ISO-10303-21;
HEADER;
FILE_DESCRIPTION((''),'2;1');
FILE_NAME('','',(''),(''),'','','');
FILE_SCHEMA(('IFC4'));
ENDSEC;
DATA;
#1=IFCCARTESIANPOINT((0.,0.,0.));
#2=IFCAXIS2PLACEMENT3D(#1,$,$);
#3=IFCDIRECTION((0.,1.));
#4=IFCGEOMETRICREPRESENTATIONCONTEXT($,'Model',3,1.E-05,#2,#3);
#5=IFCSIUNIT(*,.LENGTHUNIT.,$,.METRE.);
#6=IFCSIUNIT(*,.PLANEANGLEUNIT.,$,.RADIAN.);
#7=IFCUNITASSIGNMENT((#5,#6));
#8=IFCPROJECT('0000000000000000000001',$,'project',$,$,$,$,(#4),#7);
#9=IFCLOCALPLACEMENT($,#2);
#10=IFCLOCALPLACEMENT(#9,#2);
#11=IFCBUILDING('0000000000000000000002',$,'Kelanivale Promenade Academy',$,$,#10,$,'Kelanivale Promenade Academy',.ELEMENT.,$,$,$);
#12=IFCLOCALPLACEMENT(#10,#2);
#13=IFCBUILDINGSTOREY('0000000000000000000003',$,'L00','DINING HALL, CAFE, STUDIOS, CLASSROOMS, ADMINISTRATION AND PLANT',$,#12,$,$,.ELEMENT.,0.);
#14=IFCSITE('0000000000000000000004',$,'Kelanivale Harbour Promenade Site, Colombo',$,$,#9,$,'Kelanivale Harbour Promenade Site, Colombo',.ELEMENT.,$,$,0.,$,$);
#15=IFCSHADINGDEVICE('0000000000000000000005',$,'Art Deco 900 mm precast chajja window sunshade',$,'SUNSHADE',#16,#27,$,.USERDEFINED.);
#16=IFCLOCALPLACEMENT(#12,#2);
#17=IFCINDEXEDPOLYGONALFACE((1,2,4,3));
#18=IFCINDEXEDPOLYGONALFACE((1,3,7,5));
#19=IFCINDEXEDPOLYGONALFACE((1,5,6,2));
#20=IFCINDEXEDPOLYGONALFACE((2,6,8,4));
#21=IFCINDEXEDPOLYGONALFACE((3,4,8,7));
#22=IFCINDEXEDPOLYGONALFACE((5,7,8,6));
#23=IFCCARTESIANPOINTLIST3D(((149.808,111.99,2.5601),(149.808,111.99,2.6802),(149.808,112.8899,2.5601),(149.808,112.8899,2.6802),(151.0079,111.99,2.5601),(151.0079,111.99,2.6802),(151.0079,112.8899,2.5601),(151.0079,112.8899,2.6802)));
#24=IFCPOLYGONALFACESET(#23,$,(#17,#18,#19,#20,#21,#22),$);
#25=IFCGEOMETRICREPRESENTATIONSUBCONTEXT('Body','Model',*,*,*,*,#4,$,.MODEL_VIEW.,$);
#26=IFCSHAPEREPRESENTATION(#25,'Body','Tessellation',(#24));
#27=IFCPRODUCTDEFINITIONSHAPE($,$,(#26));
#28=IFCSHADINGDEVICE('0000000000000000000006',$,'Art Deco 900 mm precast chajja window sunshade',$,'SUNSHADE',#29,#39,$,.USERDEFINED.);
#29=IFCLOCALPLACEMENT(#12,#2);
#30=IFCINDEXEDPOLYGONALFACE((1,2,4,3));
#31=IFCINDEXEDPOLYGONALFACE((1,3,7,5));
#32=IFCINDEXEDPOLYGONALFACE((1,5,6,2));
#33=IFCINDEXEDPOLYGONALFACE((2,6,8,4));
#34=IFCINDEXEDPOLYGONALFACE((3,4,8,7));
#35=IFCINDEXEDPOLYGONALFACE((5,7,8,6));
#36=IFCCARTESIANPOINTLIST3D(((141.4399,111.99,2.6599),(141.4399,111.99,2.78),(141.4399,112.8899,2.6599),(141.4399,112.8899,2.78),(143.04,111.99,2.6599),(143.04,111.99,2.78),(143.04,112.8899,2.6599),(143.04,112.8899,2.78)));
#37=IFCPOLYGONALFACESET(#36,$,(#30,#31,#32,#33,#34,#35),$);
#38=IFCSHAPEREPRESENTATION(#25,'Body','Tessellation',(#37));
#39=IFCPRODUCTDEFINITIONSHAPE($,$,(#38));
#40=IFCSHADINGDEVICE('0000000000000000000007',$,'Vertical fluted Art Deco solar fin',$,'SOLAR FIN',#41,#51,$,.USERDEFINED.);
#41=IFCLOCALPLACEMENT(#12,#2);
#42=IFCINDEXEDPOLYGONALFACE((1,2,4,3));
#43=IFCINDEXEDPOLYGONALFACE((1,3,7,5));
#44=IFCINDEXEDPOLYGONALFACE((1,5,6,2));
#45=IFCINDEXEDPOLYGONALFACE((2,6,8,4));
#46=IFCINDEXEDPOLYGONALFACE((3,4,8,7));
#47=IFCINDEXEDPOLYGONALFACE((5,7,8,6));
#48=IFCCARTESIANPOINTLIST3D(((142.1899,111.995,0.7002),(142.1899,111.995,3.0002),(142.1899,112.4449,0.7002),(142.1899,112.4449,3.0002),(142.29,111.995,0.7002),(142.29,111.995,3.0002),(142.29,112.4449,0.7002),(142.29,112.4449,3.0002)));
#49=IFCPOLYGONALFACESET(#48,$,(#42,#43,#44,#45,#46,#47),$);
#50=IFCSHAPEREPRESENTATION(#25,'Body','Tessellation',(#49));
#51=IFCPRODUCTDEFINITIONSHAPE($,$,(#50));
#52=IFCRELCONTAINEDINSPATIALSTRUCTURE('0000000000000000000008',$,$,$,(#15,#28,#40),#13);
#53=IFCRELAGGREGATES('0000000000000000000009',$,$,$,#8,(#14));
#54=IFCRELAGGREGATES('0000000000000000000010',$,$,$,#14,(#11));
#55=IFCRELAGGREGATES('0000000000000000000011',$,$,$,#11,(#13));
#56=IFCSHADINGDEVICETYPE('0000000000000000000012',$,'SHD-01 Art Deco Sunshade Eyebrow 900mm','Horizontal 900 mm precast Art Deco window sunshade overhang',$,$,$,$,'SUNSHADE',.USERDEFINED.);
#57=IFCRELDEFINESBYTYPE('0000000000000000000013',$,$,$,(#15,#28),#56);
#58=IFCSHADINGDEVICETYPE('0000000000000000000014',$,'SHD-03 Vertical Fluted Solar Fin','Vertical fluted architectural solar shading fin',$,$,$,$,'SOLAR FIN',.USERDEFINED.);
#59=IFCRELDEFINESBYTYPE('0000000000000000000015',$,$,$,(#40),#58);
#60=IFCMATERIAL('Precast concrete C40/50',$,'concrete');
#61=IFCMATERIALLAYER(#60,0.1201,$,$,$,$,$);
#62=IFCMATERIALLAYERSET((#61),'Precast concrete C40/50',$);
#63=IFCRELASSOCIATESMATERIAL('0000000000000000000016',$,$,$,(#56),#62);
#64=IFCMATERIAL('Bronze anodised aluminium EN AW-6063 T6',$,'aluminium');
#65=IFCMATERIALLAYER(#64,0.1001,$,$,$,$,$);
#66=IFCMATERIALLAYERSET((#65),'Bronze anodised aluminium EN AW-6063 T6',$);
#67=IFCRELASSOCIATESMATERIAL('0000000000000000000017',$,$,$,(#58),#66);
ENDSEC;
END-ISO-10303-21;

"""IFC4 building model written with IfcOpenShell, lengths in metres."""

from ifc_helpers import new_model, si_unit, direction, frame, origin, origin_2d, place, context, subcontext, project, spatial, rectangle, extrude, material, layer, layer_set, type_object, element, save


model = new_model("IFC4")

# Units and contexts
model_context = context("Model", 3, precision=1e-05, world=origin(), true_north=direction((0.0, 1.0)))
body_context = subcontext(model_context, "Body", "Model", "MODEL_VIEW")
ifc_project = project(units=[si_unit("LENGTHUNIT", "METRE"), si_unit("PLANEANGLEUNIT", "RADIAN")], contexts=[model_context])

# Site, building, storey
site_placement = place(None, origin())
site = spatial("IfcSite", under=ifc_project, at=site_placement, Name="Kelanivale Harbour Promenade Site, Colombo", LongName="Kelanivale Harbour Promenade Site, Colombo", CompositionType="ELEMENT", RefElevation=0.0)
building_placement = place(site_placement, origin())
building = spatial("IfcBuilding", under=site, at=building_placement, Name="Kelanivale Promenade Academy", LongName="Kelanivale Promenade Academy", CompositionType="ELEMENT")
storey_placement = place(building_placement, origin())
storey = spatial("IfcBuildingStorey", under=building, at=storey_placement, Name="L00", Description="DINING HALL, CAFE, STUDIOS, CLASSROOMS, ADMINISTRATION AND PLANT", CompositionType="ELEMENT", Elevation=0.0)

# Shading devices
ifc_material_1 = material(Name="Precast concrete C40/50", Category="concrete")
ifc_layer_1 = layer(ifc_material_1, 0.1201)
ifc_layer_set_1 = layer_set([ifc_layer_1], Name="Precast concrete C40/50")
shading_device_type_1 = type_object("IfcShadingDeviceType", Name="SHD-01 Art Deco Sunshade Eyebrow 900mm", Description="Horizontal 900 mm precast Art Deco window sunshade overhang", ElementType="SUNSHADE", PredefinedType="USERDEFINED", material=ifc_layer_set_1)
shading_device_1_placement = place(storey_placement, frame((150.408, 112.4399, 2.5601), z_axis=(0.0, 0.0, 1.0), x_axis=(-1.0, 0.0, 0.0)))
element("IfcShadingDevice", 1, at=shading_device_1_placement, inside=storey, type_object=shading_device_type_1, Name="Art Deco 900 mm precast chajja window sunshade", ObjectType="SUNSHADE", PredefinedType="USERDEFINED", context=body_context, shape_type="SweptSolid", body=[
    extrude(rectangle(XDim=1.2, YDim=0.8999, at=origin_2d()), origin(), (0.0, 0.0, 1.0), 0.1201),
])
shading_device_2_placement = place(storey_placement, frame((142.24, 112.4399, 2.6599), z_axis=(0.0, 0.0, 1.0), x_axis=(-1.0, 0.0, 0.0)))
element("IfcShadingDevice", 2, at=shading_device_2_placement, inside=storey, type_object=shading_device_type_1, Name="Art Deco 900 mm precast chajja window sunshade", ObjectType="SUNSHADE", PredefinedType="USERDEFINED", context=body_context, shape_type="SweptSolid", body=[
    extrude(rectangle(XDim=1.6001, YDim=0.8999, at=origin_2d()), origin(), (0.0, 0.0, 1.0), 0.1201),
])
ifc_material_2 = material(Name="Bronze anodised aluminium EN AW-6063 T6", Category="aluminium")
ifc_layer_2 = layer(ifc_material_2, 0.1001)
ifc_layer_set_2 = layer_set([ifc_layer_2], Name="Bronze anodised aluminium EN AW-6063 T6")
shading_device_type_2 = type_object("IfcShadingDeviceType", Name="SHD-03 Vertical Fluted Solar Fin", Description="Vertical fluted architectural solar shading fin", ElementType="SOLAR FIN", PredefinedType="USERDEFINED", material=ifc_layer_set_2)
shading_device_3_placement = place(storey_placement, frame((142.24, 112.22, 0.7002), z_axis=(0.0, 0.0, 1.0), x_axis=(-1.0, 0.0, 0.0)))
element("IfcShadingDevice", 3, at=shading_device_3_placement, inside=storey, type_object=shading_device_type_2, Name="Vertical fluted Art Deco solar fin", ObjectType="SOLAR FIN", PredefinedType="USERDEFINED", context=body_context, shape_type="SweptSolid", body=[
    extrude(rectangle(XDim=0.1001, YDim=0.45, at=origin_2d()), origin(), (0.0, 0.0, 1.0), 2.3),
])

save(model, "model.ifc")
